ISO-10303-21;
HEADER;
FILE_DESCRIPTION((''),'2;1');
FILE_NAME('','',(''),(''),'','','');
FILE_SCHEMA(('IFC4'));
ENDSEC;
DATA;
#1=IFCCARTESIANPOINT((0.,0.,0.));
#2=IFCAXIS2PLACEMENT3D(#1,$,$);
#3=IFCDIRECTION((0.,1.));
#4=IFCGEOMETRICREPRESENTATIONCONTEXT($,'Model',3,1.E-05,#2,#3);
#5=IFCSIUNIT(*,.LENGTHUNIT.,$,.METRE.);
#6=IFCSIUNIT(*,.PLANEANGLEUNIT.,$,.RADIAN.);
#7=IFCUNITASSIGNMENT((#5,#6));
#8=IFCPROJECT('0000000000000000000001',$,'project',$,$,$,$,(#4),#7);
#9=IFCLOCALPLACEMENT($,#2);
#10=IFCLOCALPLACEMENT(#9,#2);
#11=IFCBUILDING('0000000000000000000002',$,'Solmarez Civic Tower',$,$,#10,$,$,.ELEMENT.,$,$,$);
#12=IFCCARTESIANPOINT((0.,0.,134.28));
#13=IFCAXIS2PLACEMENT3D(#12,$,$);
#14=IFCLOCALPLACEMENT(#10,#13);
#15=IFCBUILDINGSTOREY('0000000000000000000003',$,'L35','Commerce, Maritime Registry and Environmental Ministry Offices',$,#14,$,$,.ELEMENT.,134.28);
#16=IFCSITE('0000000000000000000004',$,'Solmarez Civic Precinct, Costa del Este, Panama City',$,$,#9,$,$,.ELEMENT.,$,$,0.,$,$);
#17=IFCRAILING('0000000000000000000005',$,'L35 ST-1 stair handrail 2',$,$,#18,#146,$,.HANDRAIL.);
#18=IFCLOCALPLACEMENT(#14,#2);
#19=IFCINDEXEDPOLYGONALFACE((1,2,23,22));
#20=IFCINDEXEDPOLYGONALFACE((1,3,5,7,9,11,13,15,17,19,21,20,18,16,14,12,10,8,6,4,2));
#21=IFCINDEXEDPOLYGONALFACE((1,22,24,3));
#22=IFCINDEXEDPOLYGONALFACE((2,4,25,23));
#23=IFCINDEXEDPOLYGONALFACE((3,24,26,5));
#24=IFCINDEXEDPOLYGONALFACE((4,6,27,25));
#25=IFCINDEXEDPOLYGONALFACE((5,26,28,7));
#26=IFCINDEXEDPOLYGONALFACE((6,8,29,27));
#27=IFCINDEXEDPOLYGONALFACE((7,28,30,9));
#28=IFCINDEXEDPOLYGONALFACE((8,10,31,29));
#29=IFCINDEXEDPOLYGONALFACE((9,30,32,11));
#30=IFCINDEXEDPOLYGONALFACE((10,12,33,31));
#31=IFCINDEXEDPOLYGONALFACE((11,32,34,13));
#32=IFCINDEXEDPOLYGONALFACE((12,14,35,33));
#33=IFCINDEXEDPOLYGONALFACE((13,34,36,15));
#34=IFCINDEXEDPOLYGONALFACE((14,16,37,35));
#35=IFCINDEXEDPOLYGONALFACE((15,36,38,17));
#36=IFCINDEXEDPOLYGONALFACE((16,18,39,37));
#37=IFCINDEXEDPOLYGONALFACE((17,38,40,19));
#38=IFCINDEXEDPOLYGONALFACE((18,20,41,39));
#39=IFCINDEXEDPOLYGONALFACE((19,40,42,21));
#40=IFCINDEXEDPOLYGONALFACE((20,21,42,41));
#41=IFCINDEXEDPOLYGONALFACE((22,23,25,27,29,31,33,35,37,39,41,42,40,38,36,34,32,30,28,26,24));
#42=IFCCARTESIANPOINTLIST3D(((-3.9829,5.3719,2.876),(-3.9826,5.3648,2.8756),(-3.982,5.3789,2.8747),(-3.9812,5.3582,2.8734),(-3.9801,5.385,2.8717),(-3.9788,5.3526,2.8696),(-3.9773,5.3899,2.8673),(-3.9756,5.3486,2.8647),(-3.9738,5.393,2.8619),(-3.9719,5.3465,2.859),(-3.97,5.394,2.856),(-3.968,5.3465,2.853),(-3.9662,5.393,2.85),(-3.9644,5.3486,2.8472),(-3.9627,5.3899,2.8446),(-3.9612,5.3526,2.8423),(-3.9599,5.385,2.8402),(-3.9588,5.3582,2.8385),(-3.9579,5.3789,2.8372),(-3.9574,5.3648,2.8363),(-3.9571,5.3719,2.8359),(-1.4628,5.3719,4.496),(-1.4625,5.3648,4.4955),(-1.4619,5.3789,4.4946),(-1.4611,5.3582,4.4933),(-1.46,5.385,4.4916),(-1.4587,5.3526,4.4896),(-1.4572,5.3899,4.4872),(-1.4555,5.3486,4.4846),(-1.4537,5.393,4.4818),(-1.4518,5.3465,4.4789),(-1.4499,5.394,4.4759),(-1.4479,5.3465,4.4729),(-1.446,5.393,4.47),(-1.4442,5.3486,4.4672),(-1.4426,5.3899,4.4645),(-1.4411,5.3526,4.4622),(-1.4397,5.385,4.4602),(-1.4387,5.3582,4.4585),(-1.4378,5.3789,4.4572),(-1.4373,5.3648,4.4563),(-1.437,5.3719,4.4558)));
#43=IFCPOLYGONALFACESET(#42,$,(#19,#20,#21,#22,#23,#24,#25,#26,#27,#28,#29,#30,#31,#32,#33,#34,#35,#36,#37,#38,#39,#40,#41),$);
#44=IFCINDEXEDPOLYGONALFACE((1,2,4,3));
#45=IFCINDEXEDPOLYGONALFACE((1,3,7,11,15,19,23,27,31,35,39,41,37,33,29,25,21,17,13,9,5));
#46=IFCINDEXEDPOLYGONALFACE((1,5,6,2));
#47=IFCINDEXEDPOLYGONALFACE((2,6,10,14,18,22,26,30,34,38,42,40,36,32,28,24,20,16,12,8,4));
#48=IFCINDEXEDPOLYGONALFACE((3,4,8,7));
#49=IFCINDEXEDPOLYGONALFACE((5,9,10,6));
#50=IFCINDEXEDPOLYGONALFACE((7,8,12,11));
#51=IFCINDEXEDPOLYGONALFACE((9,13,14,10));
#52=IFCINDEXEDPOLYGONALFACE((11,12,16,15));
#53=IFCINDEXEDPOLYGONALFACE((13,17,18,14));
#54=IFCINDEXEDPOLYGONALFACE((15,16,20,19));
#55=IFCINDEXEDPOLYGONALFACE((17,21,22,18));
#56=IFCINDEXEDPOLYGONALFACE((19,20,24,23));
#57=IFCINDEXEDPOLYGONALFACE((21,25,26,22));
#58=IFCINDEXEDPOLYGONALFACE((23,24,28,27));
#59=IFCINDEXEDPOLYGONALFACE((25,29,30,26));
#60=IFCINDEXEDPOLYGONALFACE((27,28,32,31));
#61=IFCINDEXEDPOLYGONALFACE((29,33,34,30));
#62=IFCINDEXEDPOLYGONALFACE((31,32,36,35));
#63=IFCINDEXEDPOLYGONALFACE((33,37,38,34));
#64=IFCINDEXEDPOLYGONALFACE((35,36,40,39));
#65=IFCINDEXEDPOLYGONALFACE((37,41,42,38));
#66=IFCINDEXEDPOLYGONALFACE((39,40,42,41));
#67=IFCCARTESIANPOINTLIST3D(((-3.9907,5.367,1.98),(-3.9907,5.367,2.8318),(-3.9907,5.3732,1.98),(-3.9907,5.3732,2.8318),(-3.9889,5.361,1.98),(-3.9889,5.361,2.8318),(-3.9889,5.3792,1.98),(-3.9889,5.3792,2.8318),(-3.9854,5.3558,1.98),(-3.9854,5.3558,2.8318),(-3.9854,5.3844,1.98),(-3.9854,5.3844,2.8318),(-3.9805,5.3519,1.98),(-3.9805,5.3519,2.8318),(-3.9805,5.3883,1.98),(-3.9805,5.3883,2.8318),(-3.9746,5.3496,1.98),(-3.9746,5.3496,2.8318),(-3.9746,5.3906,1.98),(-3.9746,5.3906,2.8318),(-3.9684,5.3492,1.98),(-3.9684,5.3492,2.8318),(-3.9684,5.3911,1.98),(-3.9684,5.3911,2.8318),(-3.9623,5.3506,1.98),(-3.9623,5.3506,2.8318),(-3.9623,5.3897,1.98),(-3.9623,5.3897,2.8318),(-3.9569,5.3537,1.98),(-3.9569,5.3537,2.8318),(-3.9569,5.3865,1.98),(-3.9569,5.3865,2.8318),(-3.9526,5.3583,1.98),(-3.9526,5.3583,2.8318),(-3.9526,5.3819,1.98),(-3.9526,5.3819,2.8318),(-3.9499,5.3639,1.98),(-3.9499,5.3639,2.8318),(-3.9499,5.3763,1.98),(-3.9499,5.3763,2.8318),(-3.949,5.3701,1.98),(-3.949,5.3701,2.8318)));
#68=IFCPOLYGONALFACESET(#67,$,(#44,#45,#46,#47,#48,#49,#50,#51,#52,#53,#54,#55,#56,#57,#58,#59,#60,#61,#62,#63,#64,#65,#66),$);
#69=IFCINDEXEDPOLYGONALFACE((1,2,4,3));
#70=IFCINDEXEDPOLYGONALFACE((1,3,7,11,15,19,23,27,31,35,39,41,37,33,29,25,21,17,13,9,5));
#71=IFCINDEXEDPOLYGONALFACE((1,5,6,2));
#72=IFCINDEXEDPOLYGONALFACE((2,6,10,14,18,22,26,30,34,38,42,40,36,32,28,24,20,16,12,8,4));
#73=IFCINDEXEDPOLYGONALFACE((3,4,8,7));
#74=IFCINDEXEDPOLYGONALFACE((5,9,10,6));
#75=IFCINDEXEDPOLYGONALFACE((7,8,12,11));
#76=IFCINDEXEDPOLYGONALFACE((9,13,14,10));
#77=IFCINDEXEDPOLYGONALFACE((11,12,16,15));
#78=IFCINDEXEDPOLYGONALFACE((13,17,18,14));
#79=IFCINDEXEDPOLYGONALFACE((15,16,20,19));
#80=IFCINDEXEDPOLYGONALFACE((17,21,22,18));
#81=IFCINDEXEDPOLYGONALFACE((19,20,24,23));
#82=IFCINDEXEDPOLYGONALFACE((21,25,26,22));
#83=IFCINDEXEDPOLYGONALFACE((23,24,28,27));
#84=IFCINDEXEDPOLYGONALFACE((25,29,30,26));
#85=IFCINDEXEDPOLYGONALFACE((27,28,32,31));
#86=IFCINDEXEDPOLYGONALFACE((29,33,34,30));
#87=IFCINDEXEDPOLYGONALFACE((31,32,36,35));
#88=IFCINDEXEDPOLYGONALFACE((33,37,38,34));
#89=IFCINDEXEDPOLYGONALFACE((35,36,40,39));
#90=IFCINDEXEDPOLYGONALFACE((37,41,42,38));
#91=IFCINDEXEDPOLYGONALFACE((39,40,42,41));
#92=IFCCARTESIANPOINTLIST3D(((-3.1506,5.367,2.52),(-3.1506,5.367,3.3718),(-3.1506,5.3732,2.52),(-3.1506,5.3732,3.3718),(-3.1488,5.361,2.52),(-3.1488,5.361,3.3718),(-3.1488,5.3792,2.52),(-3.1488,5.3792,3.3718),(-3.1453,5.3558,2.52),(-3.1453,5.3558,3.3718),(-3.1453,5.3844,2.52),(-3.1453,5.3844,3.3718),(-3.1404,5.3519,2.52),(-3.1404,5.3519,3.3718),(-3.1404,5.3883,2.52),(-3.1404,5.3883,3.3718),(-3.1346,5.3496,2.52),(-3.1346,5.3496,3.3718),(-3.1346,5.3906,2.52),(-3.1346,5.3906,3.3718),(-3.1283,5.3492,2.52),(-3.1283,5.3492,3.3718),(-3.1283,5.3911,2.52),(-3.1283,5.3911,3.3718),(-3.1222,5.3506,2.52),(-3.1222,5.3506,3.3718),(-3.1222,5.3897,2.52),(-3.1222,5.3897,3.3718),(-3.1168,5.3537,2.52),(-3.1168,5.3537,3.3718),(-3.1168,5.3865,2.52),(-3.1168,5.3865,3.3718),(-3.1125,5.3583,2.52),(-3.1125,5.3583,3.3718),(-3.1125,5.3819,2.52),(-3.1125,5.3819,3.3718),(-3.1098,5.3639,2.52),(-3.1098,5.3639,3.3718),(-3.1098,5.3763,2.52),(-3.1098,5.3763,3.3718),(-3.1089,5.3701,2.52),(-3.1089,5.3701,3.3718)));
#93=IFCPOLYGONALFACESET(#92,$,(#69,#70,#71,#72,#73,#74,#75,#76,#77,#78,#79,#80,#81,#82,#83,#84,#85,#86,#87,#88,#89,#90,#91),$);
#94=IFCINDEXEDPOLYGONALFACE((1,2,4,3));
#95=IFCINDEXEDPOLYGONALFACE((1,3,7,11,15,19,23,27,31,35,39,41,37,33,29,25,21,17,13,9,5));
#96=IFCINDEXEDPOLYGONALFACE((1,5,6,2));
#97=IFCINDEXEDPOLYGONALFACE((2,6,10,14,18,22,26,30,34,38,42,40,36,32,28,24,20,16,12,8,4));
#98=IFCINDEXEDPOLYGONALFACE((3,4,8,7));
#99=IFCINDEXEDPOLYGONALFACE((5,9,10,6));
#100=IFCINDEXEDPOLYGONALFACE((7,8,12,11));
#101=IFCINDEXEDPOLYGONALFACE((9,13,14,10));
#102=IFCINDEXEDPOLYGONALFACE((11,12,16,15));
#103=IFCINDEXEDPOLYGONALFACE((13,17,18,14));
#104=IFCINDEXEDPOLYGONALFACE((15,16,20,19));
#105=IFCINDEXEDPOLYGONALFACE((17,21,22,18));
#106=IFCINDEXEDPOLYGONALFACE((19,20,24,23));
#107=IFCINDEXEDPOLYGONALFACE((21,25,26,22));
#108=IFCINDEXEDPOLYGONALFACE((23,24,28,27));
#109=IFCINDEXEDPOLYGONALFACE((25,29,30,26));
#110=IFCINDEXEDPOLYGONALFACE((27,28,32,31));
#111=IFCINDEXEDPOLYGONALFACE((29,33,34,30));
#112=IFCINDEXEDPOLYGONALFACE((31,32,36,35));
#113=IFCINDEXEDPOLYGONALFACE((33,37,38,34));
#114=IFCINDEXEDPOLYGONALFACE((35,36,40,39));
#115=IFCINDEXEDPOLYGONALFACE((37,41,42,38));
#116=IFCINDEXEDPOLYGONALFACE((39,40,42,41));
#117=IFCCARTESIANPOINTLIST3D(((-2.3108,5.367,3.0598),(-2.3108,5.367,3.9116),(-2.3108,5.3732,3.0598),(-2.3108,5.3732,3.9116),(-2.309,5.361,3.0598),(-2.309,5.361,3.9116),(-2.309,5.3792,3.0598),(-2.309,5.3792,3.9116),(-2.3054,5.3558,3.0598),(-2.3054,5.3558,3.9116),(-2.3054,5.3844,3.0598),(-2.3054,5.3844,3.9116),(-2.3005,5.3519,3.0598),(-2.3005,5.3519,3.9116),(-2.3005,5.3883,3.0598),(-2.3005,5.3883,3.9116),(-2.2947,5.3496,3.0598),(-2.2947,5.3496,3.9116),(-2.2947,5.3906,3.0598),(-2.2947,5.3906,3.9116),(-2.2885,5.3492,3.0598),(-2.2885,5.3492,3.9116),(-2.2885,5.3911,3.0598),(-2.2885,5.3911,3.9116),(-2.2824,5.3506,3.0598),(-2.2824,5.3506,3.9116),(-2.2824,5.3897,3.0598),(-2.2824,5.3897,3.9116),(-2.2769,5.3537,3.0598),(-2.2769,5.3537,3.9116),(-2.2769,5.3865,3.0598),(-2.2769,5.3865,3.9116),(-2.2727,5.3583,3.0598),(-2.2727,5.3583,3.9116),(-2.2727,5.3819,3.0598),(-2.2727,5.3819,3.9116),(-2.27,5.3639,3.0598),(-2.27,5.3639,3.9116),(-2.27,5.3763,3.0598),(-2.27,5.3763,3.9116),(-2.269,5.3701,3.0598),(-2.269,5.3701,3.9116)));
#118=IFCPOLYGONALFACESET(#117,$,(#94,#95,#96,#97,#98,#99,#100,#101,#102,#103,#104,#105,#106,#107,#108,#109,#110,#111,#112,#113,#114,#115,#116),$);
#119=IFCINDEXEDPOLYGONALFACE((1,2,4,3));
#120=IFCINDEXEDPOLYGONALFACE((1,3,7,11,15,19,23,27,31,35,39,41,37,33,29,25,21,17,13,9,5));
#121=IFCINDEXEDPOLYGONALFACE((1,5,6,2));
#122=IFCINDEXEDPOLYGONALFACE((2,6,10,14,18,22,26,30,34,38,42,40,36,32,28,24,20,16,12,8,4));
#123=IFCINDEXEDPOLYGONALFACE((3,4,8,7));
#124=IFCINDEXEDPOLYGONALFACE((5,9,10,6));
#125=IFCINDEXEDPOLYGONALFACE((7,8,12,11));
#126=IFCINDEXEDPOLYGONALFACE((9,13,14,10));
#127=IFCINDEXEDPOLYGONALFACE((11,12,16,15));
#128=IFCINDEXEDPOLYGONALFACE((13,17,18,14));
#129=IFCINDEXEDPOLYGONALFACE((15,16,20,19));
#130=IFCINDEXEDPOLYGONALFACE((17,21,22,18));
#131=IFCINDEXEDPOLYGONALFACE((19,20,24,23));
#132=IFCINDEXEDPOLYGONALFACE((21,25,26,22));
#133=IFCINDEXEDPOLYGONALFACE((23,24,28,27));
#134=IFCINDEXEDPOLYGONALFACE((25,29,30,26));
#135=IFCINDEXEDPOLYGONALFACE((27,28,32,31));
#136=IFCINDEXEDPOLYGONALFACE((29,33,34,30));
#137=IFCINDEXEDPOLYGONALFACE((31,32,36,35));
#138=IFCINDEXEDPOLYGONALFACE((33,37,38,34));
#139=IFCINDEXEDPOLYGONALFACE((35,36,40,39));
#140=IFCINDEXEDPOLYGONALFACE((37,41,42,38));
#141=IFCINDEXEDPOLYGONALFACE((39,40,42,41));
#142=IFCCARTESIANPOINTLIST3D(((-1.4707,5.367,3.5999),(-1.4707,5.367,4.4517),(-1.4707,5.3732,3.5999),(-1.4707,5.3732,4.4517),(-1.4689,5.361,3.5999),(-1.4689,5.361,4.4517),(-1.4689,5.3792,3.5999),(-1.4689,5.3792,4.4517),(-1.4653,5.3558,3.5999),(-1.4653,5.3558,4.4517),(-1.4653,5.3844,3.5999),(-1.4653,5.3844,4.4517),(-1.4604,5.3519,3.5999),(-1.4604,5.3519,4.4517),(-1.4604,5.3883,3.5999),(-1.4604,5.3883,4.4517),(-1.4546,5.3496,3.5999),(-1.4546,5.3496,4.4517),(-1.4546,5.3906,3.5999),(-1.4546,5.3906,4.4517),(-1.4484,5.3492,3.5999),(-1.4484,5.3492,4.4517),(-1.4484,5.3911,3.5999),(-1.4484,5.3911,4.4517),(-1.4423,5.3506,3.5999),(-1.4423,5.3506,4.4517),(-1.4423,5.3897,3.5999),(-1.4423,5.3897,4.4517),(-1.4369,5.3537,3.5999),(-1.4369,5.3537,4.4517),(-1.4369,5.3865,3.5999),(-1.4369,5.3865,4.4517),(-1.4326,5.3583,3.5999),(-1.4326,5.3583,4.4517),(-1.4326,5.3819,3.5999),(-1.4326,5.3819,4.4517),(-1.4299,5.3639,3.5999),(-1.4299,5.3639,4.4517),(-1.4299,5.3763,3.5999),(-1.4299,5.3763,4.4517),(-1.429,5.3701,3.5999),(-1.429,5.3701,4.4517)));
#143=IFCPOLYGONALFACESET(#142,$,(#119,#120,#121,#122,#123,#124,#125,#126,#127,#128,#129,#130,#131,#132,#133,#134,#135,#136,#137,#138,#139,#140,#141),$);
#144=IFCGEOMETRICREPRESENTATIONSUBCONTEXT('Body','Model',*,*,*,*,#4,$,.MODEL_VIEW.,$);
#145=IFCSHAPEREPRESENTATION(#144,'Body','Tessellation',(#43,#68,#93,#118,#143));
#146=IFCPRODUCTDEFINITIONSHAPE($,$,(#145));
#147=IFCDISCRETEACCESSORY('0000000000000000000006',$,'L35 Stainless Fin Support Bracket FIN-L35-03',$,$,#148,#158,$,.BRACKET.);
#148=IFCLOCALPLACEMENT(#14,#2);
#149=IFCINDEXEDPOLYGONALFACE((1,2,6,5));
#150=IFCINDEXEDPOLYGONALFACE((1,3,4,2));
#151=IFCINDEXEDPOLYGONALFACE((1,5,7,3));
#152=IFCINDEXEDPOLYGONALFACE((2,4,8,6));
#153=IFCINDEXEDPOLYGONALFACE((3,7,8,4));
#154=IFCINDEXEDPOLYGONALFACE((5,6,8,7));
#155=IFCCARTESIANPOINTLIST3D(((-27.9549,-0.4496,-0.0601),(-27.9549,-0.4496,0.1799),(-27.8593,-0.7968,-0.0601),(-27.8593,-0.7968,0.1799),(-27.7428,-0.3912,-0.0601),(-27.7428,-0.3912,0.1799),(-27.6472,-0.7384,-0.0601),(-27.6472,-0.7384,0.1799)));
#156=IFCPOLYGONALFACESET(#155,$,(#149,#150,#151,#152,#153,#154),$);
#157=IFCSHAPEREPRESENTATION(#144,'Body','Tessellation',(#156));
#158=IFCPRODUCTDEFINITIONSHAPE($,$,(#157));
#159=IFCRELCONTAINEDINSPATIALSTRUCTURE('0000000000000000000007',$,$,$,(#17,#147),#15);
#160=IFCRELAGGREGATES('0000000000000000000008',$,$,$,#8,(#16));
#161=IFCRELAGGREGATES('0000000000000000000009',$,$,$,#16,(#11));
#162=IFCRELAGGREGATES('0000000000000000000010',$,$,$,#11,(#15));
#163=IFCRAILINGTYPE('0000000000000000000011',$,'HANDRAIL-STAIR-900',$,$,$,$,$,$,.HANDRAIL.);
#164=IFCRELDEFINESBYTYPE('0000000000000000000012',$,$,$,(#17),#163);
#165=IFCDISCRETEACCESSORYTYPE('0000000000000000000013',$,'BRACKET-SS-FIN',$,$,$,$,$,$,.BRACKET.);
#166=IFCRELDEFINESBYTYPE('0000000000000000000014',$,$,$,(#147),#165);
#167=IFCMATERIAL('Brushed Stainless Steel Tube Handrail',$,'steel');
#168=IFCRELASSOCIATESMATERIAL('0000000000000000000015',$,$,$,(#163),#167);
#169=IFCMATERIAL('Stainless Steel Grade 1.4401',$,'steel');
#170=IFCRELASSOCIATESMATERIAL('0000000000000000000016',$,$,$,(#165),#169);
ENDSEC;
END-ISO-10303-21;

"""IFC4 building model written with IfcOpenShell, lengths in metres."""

from ifc_helpers import new_model, si_unit, direction, frame, origin, origin_2d, place, context, subcontext, project, spatial, rectangle, circle, extrude, material, type_object, element, save


model = new_model("IFC4")

# Units and contexts
model_context = context("Model", 3, precision=1e-05, world=origin(), true_north=direction((0.0, 1.0)))
body_context = subcontext(model_context, "Body", "Model", "MODEL_VIEW")
ifc_project = project(units=[si_unit("LENGTHUNIT", "METRE"), si_unit("PLANEANGLEUNIT", "RADIAN")], contexts=[model_context])

# Site, building, storey
site_placement = place(None, origin())
site = spatial("IfcSite", under=ifc_project, at=site_placement, Name="Solmarez Civic Precinct, Costa del Este, Panama City", CompositionType="ELEMENT", RefElevation=0.0)
building_placement = place(site_placement, origin())
building = spatial("IfcBuilding", under=site, at=building_placement, Name="Solmarez Civic Tower", CompositionType="ELEMENT")
storey_placement = place(building_placement, frame((0.0, 0.0, 134.28)))
storey = spatial("IfcBuildingStorey", under=building, at=storey_placement, Name="L35", Description="Commerce, Maritime Registry and Environmental Ministry Offices", CompositionType="ELEMENT", Elevation=134.28)

# Railing
ifc_material_1 = material(Name="Brushed Stainless Steel Tube Handrail", Category="steel")
railing_type_1 = type_object("IfcRailingType", Name="HANDRAIL-STAIR-900", PredefinedType="HANDRAIL", material=ifc_material_1)
railing_1_placement = place(storey_placement, frame((-3.97, 5.3701, 1.98)))
element("IfcRailing", 1, at=railing_1_placement, inside=storey, type_object=railing_type_1, Name="L35 ST-1 stair handrail 2", PredefinedType="HANDRAIL", context=body_context, shape_type="SweptSolid", body=[
    extrude(circle(Radius=0.0239, at=origin_2d()), frame((0.0, 0.0, 0.876), z_axis=(0.8412, 0.0, 0.540725), x_axis=(0.0, 1.0, 0.0)), (0.0, 0.0, 1.0), 2.9958),
    extrude(circle(Radius=0.021, at=origin_2d()), origin(), (0.0, 0.0, 1.0), 0.8518),
    extrude(circle(Radius=0.021, at=origin_2d()), frame((0.8401, 0.0, 0.54)), (0.0, 0.0, 1.0), 0.8518),
    extrude(circle(Radius=0.021, at=origin_2d()), frame((1.6799, 0.0, 1.0798)), (0.0, 0.0, 1.0), 0.8518),
    extrude(circle(Radius=0.021, at=origin_2d()), frame((2.52, 0.0, 1.6199)), (0.0, 0.0, 1.0), 0.8518),
])

# Discrete accessory
ifc_material_2 = material(Name="Stainless Steel Grade 1.4401", Category="steel")
discrete_accessory_type = type_object("IfcDiscreteAccessoryType", Name="BRACKET-SS-FIN", PredefinedType="BRACKET", material=ifc_material_2)
discrete_accessory_placement = place(storey_placement, frame((-27.801, -0.594, -0.0601), z_axis=(0.0, 0.0, 1.0), x_axis=(-0.265494, 0.964112, 0.0)))
element("IfcDiscreteAccessory", 2, at=discrete_accessory_placement, inside=storey, type_object=discrete_accessory_type, Name="L35 Stainless Fin Support Bracket FIN-L35-03", PredefinedType="BRACKET", context=body_context, shape_type="SweptSolid", body=[
    extrude(rectangle(XDim=0.3601, YDim=0.22, at=origin_2d()), origin(), (0.0, 0.0, 1.0), 0.24),
])

save(model, "model.ifc")
